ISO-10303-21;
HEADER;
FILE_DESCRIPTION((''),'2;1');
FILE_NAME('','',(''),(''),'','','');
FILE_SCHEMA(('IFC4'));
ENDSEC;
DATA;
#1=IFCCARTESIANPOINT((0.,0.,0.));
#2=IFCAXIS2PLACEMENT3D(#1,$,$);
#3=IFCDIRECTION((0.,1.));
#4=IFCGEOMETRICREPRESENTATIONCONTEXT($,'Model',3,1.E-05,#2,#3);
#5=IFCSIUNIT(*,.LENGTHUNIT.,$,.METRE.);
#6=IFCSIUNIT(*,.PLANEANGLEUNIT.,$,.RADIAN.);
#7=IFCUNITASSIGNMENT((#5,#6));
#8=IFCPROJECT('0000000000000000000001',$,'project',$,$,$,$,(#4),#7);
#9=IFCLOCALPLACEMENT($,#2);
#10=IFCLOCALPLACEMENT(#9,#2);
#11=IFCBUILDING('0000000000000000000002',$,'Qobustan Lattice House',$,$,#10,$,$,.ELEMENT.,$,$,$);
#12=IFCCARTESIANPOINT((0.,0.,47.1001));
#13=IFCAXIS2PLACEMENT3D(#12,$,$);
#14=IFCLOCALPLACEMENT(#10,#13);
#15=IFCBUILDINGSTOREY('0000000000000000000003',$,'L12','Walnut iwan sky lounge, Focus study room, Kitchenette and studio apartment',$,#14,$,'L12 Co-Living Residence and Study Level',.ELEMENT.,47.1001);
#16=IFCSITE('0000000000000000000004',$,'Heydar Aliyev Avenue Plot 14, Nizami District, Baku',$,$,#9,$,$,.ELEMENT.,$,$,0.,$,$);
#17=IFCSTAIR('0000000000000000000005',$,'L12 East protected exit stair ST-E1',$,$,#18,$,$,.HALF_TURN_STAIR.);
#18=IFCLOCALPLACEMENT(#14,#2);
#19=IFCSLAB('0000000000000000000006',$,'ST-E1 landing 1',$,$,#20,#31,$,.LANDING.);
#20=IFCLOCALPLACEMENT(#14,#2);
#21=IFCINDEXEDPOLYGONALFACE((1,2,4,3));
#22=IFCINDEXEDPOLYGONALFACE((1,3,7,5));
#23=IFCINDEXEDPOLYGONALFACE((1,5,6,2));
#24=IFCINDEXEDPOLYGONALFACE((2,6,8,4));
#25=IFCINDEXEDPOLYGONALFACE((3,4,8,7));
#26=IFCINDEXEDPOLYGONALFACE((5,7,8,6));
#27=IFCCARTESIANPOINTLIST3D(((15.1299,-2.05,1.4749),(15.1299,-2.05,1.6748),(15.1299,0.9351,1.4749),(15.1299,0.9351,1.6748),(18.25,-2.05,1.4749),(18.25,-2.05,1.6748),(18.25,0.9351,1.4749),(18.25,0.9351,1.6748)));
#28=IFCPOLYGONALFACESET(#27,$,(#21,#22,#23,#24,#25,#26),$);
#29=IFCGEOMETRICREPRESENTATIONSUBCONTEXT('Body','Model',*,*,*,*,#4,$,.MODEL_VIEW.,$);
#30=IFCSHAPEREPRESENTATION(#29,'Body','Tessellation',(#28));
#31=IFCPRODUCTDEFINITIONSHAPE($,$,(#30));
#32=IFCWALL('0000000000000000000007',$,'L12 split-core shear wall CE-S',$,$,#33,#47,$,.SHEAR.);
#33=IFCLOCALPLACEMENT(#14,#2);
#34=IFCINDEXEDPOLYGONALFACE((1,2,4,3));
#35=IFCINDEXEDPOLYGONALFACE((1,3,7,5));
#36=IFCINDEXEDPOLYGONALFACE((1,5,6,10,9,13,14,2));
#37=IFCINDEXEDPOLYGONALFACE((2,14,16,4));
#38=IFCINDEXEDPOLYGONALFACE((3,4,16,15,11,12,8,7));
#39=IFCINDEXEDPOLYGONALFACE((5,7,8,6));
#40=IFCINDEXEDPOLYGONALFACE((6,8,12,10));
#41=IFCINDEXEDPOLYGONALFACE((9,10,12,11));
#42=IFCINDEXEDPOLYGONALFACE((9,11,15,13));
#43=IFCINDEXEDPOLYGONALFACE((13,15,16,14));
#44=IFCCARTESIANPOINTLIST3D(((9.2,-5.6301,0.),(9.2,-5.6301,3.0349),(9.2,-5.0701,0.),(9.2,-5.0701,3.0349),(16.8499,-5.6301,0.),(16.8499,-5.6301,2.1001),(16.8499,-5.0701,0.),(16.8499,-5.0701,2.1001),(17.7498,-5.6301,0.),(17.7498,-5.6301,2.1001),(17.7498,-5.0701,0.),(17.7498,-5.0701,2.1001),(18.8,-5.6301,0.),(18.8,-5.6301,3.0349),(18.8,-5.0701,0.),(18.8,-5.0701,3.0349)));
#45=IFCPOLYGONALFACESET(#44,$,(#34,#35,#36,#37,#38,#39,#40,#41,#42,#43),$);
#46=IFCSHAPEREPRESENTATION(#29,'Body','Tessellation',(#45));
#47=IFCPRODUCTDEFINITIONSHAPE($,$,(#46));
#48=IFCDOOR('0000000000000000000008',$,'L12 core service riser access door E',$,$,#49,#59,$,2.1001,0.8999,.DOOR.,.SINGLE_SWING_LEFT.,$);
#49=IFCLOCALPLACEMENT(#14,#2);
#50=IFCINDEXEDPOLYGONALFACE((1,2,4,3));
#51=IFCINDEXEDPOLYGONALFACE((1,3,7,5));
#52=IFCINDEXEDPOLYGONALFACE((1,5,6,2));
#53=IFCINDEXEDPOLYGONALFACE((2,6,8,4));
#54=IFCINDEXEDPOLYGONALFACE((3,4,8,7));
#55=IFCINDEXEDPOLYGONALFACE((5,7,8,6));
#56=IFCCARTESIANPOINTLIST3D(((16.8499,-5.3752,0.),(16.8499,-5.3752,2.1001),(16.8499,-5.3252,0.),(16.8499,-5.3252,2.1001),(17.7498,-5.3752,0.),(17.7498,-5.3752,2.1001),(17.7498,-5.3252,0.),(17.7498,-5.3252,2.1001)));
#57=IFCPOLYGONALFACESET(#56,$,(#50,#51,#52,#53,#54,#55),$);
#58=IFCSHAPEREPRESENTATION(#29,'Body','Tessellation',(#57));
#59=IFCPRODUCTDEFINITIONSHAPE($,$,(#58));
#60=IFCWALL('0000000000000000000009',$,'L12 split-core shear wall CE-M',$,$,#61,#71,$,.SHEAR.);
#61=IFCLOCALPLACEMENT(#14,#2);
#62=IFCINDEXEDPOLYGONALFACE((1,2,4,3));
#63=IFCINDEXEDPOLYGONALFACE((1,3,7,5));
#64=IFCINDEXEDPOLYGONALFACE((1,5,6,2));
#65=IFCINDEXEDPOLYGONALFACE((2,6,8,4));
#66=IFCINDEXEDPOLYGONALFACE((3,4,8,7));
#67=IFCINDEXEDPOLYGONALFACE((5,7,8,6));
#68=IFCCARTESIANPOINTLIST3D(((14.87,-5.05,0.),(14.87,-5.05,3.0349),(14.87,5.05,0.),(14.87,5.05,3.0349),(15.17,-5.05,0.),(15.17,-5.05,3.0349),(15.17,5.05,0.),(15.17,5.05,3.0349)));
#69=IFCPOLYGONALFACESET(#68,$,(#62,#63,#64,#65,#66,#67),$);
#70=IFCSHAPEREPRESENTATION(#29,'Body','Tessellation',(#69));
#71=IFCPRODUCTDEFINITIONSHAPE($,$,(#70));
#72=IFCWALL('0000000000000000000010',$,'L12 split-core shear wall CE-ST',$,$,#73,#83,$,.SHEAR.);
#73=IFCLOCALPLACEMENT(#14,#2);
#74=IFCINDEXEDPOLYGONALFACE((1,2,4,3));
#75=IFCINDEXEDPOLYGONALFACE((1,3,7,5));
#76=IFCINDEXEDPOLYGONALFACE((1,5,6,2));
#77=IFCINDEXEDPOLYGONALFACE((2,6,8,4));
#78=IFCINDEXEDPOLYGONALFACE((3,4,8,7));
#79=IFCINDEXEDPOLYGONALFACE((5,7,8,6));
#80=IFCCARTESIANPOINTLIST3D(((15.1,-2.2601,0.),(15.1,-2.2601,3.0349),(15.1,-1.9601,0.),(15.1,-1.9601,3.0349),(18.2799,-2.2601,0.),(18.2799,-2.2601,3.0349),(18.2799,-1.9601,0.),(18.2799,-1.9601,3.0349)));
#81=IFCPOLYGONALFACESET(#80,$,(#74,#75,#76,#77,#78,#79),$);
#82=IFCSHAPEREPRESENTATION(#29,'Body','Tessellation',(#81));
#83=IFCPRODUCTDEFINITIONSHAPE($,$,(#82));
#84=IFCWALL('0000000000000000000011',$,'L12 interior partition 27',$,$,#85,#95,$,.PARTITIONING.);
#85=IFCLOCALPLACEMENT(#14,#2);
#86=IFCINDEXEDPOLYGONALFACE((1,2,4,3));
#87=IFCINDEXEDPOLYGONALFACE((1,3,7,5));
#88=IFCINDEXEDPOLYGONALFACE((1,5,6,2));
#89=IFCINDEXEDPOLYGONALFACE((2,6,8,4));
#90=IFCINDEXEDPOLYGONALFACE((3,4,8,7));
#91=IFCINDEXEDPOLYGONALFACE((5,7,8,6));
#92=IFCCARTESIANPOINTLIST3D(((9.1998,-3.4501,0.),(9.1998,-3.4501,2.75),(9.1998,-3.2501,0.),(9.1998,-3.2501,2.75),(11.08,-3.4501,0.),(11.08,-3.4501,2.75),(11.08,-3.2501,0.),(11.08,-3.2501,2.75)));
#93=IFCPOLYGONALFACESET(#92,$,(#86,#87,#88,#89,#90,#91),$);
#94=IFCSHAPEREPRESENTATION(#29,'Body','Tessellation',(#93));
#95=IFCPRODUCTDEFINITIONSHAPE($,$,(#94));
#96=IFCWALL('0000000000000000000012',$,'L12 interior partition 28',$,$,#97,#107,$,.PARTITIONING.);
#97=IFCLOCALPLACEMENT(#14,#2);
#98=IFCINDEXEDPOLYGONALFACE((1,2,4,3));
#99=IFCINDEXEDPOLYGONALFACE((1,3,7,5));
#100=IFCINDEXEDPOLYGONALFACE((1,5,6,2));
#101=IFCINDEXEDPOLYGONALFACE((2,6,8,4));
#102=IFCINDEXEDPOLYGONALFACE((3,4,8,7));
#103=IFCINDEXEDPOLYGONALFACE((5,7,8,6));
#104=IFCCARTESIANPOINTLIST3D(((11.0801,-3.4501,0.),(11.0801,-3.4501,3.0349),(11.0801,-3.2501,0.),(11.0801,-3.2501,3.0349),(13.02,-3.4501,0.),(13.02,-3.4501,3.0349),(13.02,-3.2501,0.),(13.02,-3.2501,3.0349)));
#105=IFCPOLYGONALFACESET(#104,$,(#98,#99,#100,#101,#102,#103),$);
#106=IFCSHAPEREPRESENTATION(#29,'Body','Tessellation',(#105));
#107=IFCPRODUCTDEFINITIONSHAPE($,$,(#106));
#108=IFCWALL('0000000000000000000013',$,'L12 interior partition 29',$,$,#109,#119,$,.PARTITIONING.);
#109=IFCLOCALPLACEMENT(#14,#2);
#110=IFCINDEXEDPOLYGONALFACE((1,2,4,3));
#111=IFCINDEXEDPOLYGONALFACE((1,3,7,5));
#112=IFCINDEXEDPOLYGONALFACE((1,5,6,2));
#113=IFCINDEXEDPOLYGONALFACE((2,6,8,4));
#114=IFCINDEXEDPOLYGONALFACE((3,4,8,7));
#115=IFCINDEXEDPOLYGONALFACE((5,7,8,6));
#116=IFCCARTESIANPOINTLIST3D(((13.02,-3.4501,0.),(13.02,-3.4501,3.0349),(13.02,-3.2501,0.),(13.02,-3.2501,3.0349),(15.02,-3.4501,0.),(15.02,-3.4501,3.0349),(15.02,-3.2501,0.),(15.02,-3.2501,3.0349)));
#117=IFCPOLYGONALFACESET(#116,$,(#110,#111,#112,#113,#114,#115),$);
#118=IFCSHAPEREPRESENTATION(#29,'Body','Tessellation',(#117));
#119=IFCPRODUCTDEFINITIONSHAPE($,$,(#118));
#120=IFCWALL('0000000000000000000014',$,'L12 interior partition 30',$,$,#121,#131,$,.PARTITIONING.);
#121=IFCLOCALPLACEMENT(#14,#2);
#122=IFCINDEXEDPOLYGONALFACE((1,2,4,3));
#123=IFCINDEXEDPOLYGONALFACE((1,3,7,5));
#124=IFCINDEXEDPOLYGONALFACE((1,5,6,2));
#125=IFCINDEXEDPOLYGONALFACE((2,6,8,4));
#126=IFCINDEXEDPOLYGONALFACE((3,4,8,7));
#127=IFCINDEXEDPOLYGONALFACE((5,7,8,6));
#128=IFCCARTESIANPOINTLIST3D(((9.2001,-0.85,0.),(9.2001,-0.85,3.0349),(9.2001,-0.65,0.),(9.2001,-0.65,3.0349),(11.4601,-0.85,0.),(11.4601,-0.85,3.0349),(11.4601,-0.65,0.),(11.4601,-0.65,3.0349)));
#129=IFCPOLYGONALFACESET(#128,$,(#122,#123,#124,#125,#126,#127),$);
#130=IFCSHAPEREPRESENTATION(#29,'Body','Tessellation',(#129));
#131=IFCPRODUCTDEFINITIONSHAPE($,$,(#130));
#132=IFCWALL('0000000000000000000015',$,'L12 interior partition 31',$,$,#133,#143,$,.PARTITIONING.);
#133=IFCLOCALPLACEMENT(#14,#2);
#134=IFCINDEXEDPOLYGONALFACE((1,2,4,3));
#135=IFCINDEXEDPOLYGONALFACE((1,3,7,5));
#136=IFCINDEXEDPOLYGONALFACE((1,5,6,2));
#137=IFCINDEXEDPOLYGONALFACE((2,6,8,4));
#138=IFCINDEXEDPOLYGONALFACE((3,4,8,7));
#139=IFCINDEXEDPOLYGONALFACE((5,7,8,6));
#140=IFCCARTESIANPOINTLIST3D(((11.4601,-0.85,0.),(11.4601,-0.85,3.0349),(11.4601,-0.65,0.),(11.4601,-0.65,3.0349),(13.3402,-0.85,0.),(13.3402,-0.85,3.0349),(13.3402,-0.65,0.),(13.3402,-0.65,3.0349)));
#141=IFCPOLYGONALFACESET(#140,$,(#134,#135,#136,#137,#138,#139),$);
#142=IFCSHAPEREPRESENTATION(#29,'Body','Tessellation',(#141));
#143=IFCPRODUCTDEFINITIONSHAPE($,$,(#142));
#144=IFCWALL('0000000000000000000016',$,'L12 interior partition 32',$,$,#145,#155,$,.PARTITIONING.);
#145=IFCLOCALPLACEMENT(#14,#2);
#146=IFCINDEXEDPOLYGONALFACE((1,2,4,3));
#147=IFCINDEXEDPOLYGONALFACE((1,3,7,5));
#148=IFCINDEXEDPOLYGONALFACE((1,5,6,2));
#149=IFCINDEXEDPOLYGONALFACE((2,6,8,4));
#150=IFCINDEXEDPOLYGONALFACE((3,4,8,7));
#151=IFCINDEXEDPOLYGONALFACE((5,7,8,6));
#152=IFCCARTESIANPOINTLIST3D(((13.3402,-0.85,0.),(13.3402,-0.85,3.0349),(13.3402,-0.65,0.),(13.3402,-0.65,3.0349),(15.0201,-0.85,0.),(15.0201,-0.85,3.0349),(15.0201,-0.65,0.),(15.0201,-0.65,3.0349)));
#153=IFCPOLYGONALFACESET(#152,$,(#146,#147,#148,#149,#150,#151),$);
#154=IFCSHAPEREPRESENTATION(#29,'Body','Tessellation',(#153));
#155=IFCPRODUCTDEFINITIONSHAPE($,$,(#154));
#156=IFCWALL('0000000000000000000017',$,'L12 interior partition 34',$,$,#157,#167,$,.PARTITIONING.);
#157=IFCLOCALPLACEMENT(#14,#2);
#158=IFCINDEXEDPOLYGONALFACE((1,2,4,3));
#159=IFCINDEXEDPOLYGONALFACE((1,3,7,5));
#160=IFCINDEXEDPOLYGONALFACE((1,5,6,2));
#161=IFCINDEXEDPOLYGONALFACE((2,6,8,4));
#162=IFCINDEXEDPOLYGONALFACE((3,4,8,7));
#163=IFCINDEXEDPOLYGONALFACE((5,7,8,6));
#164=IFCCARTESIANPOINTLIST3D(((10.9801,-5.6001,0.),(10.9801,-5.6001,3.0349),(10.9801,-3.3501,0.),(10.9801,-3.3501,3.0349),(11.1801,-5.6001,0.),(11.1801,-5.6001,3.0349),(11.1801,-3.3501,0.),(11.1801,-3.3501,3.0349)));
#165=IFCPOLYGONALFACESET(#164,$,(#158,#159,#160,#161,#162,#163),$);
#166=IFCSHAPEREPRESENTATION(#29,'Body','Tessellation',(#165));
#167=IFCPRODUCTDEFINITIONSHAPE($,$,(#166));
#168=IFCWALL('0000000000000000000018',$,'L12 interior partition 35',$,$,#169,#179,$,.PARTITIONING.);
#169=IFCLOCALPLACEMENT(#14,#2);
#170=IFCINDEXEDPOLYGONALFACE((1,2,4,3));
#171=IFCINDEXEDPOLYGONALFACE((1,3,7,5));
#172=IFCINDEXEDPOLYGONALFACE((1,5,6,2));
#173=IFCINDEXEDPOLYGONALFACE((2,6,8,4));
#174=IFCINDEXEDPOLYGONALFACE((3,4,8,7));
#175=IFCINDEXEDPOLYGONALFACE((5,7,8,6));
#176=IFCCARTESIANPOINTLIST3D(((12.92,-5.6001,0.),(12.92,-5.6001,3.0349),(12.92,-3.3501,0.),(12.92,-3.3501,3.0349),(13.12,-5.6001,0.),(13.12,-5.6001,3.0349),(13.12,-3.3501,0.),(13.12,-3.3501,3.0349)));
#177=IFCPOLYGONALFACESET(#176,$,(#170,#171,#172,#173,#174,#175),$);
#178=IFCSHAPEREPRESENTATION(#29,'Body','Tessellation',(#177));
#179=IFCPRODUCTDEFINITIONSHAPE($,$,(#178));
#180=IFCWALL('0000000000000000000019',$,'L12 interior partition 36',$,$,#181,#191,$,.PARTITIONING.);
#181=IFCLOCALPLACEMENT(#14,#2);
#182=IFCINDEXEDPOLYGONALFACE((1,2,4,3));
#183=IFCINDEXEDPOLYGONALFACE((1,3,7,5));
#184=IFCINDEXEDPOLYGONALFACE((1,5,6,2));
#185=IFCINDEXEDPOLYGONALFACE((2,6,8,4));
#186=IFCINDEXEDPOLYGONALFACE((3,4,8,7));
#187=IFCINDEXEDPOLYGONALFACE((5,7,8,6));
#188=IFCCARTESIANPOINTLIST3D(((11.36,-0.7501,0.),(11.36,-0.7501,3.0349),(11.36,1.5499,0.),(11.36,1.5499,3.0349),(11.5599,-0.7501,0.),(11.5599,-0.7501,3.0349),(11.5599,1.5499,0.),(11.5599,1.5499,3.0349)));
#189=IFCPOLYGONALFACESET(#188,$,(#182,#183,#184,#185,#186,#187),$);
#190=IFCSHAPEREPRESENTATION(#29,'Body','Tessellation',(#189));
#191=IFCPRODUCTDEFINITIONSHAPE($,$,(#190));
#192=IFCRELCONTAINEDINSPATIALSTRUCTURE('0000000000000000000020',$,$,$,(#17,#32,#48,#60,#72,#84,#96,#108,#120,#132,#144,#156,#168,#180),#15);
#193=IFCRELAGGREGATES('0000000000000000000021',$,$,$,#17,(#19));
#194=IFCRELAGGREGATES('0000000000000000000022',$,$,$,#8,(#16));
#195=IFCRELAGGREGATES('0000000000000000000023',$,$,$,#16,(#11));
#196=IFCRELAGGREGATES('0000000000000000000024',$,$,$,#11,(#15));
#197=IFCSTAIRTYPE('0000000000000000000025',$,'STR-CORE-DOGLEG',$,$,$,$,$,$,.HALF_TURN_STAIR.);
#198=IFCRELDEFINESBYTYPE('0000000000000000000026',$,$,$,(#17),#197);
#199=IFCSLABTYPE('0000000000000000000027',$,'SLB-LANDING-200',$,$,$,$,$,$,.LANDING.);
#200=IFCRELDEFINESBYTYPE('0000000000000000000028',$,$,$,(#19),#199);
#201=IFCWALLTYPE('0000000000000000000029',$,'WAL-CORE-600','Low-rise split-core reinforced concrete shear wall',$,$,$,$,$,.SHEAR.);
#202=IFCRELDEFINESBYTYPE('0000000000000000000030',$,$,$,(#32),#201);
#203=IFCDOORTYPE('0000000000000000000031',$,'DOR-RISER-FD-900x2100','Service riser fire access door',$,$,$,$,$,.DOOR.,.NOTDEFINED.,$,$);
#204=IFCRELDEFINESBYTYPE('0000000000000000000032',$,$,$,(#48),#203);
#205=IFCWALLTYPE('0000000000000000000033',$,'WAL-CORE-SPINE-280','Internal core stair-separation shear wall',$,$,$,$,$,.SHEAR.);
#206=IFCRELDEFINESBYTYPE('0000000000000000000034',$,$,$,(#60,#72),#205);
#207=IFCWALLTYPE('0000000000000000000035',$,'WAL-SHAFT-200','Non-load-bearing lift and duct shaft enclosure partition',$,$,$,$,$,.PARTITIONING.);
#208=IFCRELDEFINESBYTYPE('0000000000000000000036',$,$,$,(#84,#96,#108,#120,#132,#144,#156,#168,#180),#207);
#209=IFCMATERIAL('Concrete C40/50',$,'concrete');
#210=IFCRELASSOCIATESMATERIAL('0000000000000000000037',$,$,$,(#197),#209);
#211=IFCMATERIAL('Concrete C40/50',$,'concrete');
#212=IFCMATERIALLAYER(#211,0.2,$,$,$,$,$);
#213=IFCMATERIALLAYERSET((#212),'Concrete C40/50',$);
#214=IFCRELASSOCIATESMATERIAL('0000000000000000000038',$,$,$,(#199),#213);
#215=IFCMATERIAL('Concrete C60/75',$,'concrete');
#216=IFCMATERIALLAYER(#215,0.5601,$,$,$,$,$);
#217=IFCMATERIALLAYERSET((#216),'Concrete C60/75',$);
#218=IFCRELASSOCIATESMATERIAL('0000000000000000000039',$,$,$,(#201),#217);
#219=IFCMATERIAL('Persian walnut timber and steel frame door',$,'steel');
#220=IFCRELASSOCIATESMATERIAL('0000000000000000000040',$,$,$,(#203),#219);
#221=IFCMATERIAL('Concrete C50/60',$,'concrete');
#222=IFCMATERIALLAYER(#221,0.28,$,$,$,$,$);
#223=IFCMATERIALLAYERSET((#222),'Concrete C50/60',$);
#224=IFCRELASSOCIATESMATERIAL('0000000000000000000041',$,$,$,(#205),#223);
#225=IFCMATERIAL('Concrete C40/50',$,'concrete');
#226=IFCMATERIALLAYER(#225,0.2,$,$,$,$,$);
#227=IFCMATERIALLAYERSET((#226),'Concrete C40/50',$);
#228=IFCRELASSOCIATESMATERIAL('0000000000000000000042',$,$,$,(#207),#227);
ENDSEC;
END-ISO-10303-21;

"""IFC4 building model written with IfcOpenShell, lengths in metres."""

from ifc_helpers import new_model, si_unit, direction, frame, frame_2d, origin, place, context, subcontext, project, spatial, polyline, rectangle, outline, extrude, material, layer, layer_set, type_object, element, fill, aggregate, save


model = new_model("IFC4")

# Units and contexts
model_context = context("Model", 3, precision=1e-05, world=origin(), true_north=direction((0.0, 1.0)))
body_context = subcontext(model_context, "Body", "Model", "MODEL_VIEW")
ifc_project = project(units=[si_unit("LENGTHUNIT", "METRE"), si_unit("PLANEANGLEUNIT", "RADIAN")], contexts=[model_context])

# Site, building, storey
site_placement = place(None, origin())
site = spatial("IfcSite", under=ifc_project, at=site_placement, Name="Heydar Aliyev Avenue Plot 14, Nizami District, Baku", CompositionType="ELEMENT", RefElevation=0.0)
building_placement = place(site_placement, origin())
building = spatial("IfcBuilding", under=site, at=building_placement, Name="Qobustan Lattice House", CompositionType="ELEMENT")
storey_placement = place(building_placement, frame((0.0, 0.0, 47.1001)))
storey = spatial("IfcBuildingStorey", under=building, at=storey_placement, Name="L12", Description="Walnut iwan sky lounge, Focus study room, Kitchenette and studio apartment", LongName="L12 Co-Living Residence and Study Level", CompositionType="ELEMENT", Elevation=47.1001)

# Stair, slab
ifc_material_1 = material(Name="Concrete C40/50", Category="concrete")
stair_type = type_object("IfcStairType", Name="STR-CORE-DOGLEG", PredefinedType="HALF_TURN_STAIR", material=ifc_material_1)
stair_placement = place(storey_placement, origin())
stair = element("IfcStair", 1, at=stair_placement, inside=storey, type_object=stair_type, Name="L12 East protected exit stair ST-E1", PredefinedType="HALF_TURN_STAIR")
ifc_material_2 = material(Name="Concrete C40/50", Category="concrete")
ifc_layer_1 = layer(ifc_material_2, 0.2)
ifc_layer_set_1 = layer_set([ifc_layer_1], Name="Concrete C40/50")
slab_type = type_object("IfcSlabType", Name="SLB-LANDING-200", PredefinedType="LANDING", material=ifc_layer_set_1)
slab_placement = place(storey_placement, frame((0.0, 0.0, 1.4749)))
slab = element("IfcSlab", 2, at=slab_placement, type_object=slab_type, Name="ST-E1 landing 1", PredefinedType="LANDING", context=body_context, shape_type="SweptSolid", body=[
    extrude(outline(polyline([(15.1299, 0.9351), (15.1299, -2.05), (18.25, -2.05), (18.25, 0.9351), (15.1299, 0.9351)])), origin(), (0.0, 0.0, 1.0), 0.2),
])
aggregate(stair, [slab])

# Wall, opening, door
ifc_material_3 = material(Name="Concrete C60/75", Category="concrete")
ifc_layer_2 = layer(ifc_material_3, 0.5601)
ifc_layer_set_2 = layer_set([ifc_layer_2], Name="Concrete C60/75")
wall_type_1 = type_object("IfcWallType", Name="WAL-CORE-600", Description="Low-rise split-core reinforced concrete shear wall", PredefinedType="SHEAR", material=ifc_layer_set_2)
wall_1_placement = place(storey_placement, frame((9.2, -5.3501, 0.0), z_axis=(0.0, 0.0, 1.0), x_axis=(1.0, 0.0, 0.0)))
wall_1 = element("IfcWall", 3, at=wall_1_placement, inside=storey, type_object=wall_type_1, Name="L12 split-core shear wall CE-S", PredefinedType="SHEAR", context=body_context, shape_type="SweptSolid", body=[
    extrude(rectangle(XDim=9.6001, YDim=0.5601, at=frame_2d((4.8, 0.0))), origin(), (0.0, 0.0, 1.0), 3.0349),
])
opening_1_placement = place(wall_1_placement, frame((7.6499, 0.0, 0.0)))
opening_1 = element("IfcOpeningElement", 4, at=opening_1_placement, cuts=wall_1, PredefinedType="OPENING", context=body_context, shape_type="SweptSolid", body=[
    extrude(rectangle(XDim=0.8999, YDim=2.1001, at=frame_2d((0.45, 1.05))), frame((0.0, 0.29, 0.0), z_axis=(0.0, -1.0, 0.0), x_axis=(1.0, 0.0, 0.0)), (0.0, 0.0, 1.0), 0.5801),
])
ifc_material_4 = material(Name="Persian walnut timber and steel frame door", Category="steel")
door_type_1 = type_object("IfcDoorType", Name="DOR-RISER-FD-900x2100", Description="Service riser fire access door", OperationType="NOTDEFINED", PredefinedType="DOOR", material=ifc_material_4)
door_1_placement = place(opening_1_placement, origin())
door_1 = element("IfcDoor", 5, at=door_1_placement, inside=storey, type_object=door_type_1, Name="L12 core service riser access door E", OperationType="SINGLE_SWING_LEFT", OverallHeight=2.1001, OverallWidth=0.8999, PredefinedType="DOOR", context=body_context, shape_type="SweptSolid", body=[
    extrude(rectangle(XDim=0.8999, YDim=2.1001, at=frame_2d((0.45, 1.05))), frame((0.0, 0.0249, 0.0), z_axis=(0.0, -1.0, 0.0), x_axis=(1.0, 0.0, 0.0)), (0.0, 0.0, 1.0), 0.05),
])
fill(opening_1, door_1)

# Walls
ifc_material_5 = material(Name="Concrete C50/60", Category="concrete")
ifc_layer_3 = layer(ifc_material_5, 0.28)
ifc_layer_set_3 = layer_set([ifc_layer_3], Name="Concrete C50/60")
wall_type_2 = type_object("IfcWallType", Name="WAL-CORE-SPINE-280", Description="Internal core stair-separation shear wall", PredefinedType="SHEAR", material=ifc_layer_set_3)
wall_2_placement = place(storey_placement, frame((15.02, -5.05, 0.0), z_axis=(0.0, 0.0, 1.0), x_axis=(0.0, 1.0, 0.0)))
element("IfcWall", 6, at=wall_2_placement, inside=storey, type_object=wall_type_2, Name="L12 split-core shear wall CE-M", PredefinedType="SHEAR", context=body_context, shape_type="SweptSolid", body=[
    extrude(rectangle(XDim=10.1001, YDim=0.3, at=frame_2d((5.05, 0.0))), origin(), (0.0, 0.0, 1.0), 3.0349),
])
wall_3_placement = place(storey_placement, frame((15.1001, -2.1101, 0.0), z_axis=(0.0, 0.0, 1.0), x_axis=(1.0, 0.0, 0.0)))
element("IfcWall", 7, at=wall_3_placement, inside=storey, type_object=wall_type_2, Name="L12 split-core shear wall CE-ST", PredefinedType="SHEAR", context=body_context, shape_type="SweptSolid", body=[
    extrude(rectangle(XDim=3.1799, YDim=0.3, at=frame_2d((1.5898, 0.0))), origin(), (0.0, 0.0, 1.0), 3.0349),
])
ifc_material_6 = material(Name="Concrete C40/50", Category="concrete")
ifc_layer_4 = layer(ifc_material_6, 0.2)
ifc_layer_set_4 = layer_set([ifc_layer_4], Name="Concrete C40/50")
wall_type_3 = type_object("IfcWallType", Name="WAL-SHAFT-200", Description="Non-load-bearing lift and duct shaft enclosure partition", PredefinedType="PARTITIONING", material=ifc_layer_set_4)
wall_4_placement = place(storey_placement, frame((9.2, -3.3501, 0.0), z_axis=(0.0, 0.0, 1.0), x_axis=(1.0, 0.0, 0.0)))
element("IfcWall", 8, at=wall_4_placement, inside=storey, type_object=wall_type_3, Name="L12 interior partition 27", PredefinedType="PARTITIONING", context=body_context, shape_type="SweptSolid", body=[
    extrude(rectangle(XDim=1.8801, YDim=0.2, at=frame_2d((0.9399, 0.0))), origin(), (0.0, 0.0, 1.0), 2.75),
])
wall_5_placement = place(storey_placement, frame((11.0801, -3.3501, 0.0), z_axis=(0.0, 0.0, 1.0), x_axis=(1.0, 0.0, 0.0)))
element("IfcWall", 9, at=wall_5_placement, inside=storey, type_object=wall_type_3, Name="L12 interior partition 28", PredefinedType="PARTITIONING", context=body_context, shape_type="SweptSolid", body=[
    extrude(rectangle(XDim=1.9399, YDim=0.2, at=frame_2d((0.97, 0.0))), origin(), (0.0, 0.0, 1.0), 3.0349),
])
wall_6_placement = place(storey_placement, frame((13.02, -3.3501, 0.0), z_axis=(0.0, 0.0, 1.0), x_axis=(1.0, 0.0, 0.0)))
element("IfcWall", 10, at=wall_6_placement, inside=storey, type_object=wall_type_3, Name="L12 interior partition 29", PredefinedType="PARTITIONING", context=body_context, shape_type="SweptSolid", body=[
    extrude(rectangle(XDim=2.0, YDim=0.2, at=frame_2d((1.0, 0.0))), origin(), (0.0, 0.0, 1.0), 3.0349),
])
wall_7_placement = place(storey_placement, frame((11.46, -0.75, 0.0), z_axis=(0.0, 0.0, 1.0), x_axis=(-1.0, 0.0, 0.0)))
element("IfcWall", 11, at=wall_7_placement, inside=storey, type_object=wall_type_3, Name="L12 interior partition 30", PredefinedType="PARTITIONING", context=body_context, shape_type="SweptSolid", body=[
    extrude(rectangle(XDim=2.26, YDim=0.2, at=frame_2d((1.1299, 0.0))), origin(), (0.0, 0.0, 1.0), 3.0349),
])
wall_8_placement = place(storey_placement, frame((13.3401, -0.75, 0.0), z_axis=(0.0, 0.0, 1.0), x_axis=(-1.0, 0.0, 0.0)))
element("IfcWall", 12, at=wall_8_placement, inside=storey, type_object=wall_type_3, Name="L12 interior partition 31", PredefinedType="PARTITIONING", context=body_context, shape_type="SweptSolid", body=[
    extrude(rectangle(XDim=1.8801, YDim=0.2, at=frame_2d((0.9399, 0.0))), origin(), (0.0, 0.0, 1.0), 3.0349),
])
wall_9_placement = place(storey_placement, frame((15.02, -0.75, 0.0), z_axis=(0.0, 0.0, 1.0), x_axis=(-1.0, 0.0, 0.0)))
element("IfcWall", 13, at=wall_9_placement, inside=storey, type_object=wall_type_3, Name="L12 interior partition 32", PredefinedType="PARTITIONING", context=body_context, shape_type="SweptSolid", body=[
    extrude(rectangle(XDim=1.6799, YDim=0.2, at=frame_2d((0.8398, 0.0))), origin(), (0.0, 0.0, 1.0), 3.0349),
])
for number, where, z_axis, x_axis, name in (
    (14, (11.0801, -5.6001, 0.0), (0.0, 0.0, 1.0), (0.0, 1.0, 0.0), "L12 interior partition 34"),
    (15, (13.02, -5.6001, 0.0), (0.0, 0.0, 1.0), (0.0, 1.0, 0.0), "L12 interior partition 35"),
):
    element("IfcWall", number, at=place(storey_placement, frame(where, z_axis=z_axis, x_axis=x_axis)), inside=storey, type_object=wall_type_3, Name=name, PredefinedType="PARTITIONING", context=body_context, shape_type="SweptSolid", body=[
        extrude(rectangle(XDim=2.25, YDim=0.2, at=frame_2d((1.125, 0.0))), origin(), (0.0, 0.0, 1.0), 3.0349),
    ])
for number, where, z_axis, x_axis, name in (
    (16, (11.46, -0.75, 0.0), (0.0, 0.0, 1.0), (0.0, 1.0, 0.0), "L12 interior partition 36"),
):
    element("IfcWall", number, at=place(storey_placement, frame(where, z_axis=z_axis, x_axis=x_axis)), inside=storey, type_object=wall_type_3, Name=name, PredefinedType="PARTITIONING", context=body_context, shape_type="SweptSolid", body=[
        extrude(rectangle(XDim=2.3, YDim=0.2, at=frame_2d((1.1499, 0.0))), origin(), (0.0, 0.0, 1.0), 3.0349),
    ])

save(model, "model.ifc")
